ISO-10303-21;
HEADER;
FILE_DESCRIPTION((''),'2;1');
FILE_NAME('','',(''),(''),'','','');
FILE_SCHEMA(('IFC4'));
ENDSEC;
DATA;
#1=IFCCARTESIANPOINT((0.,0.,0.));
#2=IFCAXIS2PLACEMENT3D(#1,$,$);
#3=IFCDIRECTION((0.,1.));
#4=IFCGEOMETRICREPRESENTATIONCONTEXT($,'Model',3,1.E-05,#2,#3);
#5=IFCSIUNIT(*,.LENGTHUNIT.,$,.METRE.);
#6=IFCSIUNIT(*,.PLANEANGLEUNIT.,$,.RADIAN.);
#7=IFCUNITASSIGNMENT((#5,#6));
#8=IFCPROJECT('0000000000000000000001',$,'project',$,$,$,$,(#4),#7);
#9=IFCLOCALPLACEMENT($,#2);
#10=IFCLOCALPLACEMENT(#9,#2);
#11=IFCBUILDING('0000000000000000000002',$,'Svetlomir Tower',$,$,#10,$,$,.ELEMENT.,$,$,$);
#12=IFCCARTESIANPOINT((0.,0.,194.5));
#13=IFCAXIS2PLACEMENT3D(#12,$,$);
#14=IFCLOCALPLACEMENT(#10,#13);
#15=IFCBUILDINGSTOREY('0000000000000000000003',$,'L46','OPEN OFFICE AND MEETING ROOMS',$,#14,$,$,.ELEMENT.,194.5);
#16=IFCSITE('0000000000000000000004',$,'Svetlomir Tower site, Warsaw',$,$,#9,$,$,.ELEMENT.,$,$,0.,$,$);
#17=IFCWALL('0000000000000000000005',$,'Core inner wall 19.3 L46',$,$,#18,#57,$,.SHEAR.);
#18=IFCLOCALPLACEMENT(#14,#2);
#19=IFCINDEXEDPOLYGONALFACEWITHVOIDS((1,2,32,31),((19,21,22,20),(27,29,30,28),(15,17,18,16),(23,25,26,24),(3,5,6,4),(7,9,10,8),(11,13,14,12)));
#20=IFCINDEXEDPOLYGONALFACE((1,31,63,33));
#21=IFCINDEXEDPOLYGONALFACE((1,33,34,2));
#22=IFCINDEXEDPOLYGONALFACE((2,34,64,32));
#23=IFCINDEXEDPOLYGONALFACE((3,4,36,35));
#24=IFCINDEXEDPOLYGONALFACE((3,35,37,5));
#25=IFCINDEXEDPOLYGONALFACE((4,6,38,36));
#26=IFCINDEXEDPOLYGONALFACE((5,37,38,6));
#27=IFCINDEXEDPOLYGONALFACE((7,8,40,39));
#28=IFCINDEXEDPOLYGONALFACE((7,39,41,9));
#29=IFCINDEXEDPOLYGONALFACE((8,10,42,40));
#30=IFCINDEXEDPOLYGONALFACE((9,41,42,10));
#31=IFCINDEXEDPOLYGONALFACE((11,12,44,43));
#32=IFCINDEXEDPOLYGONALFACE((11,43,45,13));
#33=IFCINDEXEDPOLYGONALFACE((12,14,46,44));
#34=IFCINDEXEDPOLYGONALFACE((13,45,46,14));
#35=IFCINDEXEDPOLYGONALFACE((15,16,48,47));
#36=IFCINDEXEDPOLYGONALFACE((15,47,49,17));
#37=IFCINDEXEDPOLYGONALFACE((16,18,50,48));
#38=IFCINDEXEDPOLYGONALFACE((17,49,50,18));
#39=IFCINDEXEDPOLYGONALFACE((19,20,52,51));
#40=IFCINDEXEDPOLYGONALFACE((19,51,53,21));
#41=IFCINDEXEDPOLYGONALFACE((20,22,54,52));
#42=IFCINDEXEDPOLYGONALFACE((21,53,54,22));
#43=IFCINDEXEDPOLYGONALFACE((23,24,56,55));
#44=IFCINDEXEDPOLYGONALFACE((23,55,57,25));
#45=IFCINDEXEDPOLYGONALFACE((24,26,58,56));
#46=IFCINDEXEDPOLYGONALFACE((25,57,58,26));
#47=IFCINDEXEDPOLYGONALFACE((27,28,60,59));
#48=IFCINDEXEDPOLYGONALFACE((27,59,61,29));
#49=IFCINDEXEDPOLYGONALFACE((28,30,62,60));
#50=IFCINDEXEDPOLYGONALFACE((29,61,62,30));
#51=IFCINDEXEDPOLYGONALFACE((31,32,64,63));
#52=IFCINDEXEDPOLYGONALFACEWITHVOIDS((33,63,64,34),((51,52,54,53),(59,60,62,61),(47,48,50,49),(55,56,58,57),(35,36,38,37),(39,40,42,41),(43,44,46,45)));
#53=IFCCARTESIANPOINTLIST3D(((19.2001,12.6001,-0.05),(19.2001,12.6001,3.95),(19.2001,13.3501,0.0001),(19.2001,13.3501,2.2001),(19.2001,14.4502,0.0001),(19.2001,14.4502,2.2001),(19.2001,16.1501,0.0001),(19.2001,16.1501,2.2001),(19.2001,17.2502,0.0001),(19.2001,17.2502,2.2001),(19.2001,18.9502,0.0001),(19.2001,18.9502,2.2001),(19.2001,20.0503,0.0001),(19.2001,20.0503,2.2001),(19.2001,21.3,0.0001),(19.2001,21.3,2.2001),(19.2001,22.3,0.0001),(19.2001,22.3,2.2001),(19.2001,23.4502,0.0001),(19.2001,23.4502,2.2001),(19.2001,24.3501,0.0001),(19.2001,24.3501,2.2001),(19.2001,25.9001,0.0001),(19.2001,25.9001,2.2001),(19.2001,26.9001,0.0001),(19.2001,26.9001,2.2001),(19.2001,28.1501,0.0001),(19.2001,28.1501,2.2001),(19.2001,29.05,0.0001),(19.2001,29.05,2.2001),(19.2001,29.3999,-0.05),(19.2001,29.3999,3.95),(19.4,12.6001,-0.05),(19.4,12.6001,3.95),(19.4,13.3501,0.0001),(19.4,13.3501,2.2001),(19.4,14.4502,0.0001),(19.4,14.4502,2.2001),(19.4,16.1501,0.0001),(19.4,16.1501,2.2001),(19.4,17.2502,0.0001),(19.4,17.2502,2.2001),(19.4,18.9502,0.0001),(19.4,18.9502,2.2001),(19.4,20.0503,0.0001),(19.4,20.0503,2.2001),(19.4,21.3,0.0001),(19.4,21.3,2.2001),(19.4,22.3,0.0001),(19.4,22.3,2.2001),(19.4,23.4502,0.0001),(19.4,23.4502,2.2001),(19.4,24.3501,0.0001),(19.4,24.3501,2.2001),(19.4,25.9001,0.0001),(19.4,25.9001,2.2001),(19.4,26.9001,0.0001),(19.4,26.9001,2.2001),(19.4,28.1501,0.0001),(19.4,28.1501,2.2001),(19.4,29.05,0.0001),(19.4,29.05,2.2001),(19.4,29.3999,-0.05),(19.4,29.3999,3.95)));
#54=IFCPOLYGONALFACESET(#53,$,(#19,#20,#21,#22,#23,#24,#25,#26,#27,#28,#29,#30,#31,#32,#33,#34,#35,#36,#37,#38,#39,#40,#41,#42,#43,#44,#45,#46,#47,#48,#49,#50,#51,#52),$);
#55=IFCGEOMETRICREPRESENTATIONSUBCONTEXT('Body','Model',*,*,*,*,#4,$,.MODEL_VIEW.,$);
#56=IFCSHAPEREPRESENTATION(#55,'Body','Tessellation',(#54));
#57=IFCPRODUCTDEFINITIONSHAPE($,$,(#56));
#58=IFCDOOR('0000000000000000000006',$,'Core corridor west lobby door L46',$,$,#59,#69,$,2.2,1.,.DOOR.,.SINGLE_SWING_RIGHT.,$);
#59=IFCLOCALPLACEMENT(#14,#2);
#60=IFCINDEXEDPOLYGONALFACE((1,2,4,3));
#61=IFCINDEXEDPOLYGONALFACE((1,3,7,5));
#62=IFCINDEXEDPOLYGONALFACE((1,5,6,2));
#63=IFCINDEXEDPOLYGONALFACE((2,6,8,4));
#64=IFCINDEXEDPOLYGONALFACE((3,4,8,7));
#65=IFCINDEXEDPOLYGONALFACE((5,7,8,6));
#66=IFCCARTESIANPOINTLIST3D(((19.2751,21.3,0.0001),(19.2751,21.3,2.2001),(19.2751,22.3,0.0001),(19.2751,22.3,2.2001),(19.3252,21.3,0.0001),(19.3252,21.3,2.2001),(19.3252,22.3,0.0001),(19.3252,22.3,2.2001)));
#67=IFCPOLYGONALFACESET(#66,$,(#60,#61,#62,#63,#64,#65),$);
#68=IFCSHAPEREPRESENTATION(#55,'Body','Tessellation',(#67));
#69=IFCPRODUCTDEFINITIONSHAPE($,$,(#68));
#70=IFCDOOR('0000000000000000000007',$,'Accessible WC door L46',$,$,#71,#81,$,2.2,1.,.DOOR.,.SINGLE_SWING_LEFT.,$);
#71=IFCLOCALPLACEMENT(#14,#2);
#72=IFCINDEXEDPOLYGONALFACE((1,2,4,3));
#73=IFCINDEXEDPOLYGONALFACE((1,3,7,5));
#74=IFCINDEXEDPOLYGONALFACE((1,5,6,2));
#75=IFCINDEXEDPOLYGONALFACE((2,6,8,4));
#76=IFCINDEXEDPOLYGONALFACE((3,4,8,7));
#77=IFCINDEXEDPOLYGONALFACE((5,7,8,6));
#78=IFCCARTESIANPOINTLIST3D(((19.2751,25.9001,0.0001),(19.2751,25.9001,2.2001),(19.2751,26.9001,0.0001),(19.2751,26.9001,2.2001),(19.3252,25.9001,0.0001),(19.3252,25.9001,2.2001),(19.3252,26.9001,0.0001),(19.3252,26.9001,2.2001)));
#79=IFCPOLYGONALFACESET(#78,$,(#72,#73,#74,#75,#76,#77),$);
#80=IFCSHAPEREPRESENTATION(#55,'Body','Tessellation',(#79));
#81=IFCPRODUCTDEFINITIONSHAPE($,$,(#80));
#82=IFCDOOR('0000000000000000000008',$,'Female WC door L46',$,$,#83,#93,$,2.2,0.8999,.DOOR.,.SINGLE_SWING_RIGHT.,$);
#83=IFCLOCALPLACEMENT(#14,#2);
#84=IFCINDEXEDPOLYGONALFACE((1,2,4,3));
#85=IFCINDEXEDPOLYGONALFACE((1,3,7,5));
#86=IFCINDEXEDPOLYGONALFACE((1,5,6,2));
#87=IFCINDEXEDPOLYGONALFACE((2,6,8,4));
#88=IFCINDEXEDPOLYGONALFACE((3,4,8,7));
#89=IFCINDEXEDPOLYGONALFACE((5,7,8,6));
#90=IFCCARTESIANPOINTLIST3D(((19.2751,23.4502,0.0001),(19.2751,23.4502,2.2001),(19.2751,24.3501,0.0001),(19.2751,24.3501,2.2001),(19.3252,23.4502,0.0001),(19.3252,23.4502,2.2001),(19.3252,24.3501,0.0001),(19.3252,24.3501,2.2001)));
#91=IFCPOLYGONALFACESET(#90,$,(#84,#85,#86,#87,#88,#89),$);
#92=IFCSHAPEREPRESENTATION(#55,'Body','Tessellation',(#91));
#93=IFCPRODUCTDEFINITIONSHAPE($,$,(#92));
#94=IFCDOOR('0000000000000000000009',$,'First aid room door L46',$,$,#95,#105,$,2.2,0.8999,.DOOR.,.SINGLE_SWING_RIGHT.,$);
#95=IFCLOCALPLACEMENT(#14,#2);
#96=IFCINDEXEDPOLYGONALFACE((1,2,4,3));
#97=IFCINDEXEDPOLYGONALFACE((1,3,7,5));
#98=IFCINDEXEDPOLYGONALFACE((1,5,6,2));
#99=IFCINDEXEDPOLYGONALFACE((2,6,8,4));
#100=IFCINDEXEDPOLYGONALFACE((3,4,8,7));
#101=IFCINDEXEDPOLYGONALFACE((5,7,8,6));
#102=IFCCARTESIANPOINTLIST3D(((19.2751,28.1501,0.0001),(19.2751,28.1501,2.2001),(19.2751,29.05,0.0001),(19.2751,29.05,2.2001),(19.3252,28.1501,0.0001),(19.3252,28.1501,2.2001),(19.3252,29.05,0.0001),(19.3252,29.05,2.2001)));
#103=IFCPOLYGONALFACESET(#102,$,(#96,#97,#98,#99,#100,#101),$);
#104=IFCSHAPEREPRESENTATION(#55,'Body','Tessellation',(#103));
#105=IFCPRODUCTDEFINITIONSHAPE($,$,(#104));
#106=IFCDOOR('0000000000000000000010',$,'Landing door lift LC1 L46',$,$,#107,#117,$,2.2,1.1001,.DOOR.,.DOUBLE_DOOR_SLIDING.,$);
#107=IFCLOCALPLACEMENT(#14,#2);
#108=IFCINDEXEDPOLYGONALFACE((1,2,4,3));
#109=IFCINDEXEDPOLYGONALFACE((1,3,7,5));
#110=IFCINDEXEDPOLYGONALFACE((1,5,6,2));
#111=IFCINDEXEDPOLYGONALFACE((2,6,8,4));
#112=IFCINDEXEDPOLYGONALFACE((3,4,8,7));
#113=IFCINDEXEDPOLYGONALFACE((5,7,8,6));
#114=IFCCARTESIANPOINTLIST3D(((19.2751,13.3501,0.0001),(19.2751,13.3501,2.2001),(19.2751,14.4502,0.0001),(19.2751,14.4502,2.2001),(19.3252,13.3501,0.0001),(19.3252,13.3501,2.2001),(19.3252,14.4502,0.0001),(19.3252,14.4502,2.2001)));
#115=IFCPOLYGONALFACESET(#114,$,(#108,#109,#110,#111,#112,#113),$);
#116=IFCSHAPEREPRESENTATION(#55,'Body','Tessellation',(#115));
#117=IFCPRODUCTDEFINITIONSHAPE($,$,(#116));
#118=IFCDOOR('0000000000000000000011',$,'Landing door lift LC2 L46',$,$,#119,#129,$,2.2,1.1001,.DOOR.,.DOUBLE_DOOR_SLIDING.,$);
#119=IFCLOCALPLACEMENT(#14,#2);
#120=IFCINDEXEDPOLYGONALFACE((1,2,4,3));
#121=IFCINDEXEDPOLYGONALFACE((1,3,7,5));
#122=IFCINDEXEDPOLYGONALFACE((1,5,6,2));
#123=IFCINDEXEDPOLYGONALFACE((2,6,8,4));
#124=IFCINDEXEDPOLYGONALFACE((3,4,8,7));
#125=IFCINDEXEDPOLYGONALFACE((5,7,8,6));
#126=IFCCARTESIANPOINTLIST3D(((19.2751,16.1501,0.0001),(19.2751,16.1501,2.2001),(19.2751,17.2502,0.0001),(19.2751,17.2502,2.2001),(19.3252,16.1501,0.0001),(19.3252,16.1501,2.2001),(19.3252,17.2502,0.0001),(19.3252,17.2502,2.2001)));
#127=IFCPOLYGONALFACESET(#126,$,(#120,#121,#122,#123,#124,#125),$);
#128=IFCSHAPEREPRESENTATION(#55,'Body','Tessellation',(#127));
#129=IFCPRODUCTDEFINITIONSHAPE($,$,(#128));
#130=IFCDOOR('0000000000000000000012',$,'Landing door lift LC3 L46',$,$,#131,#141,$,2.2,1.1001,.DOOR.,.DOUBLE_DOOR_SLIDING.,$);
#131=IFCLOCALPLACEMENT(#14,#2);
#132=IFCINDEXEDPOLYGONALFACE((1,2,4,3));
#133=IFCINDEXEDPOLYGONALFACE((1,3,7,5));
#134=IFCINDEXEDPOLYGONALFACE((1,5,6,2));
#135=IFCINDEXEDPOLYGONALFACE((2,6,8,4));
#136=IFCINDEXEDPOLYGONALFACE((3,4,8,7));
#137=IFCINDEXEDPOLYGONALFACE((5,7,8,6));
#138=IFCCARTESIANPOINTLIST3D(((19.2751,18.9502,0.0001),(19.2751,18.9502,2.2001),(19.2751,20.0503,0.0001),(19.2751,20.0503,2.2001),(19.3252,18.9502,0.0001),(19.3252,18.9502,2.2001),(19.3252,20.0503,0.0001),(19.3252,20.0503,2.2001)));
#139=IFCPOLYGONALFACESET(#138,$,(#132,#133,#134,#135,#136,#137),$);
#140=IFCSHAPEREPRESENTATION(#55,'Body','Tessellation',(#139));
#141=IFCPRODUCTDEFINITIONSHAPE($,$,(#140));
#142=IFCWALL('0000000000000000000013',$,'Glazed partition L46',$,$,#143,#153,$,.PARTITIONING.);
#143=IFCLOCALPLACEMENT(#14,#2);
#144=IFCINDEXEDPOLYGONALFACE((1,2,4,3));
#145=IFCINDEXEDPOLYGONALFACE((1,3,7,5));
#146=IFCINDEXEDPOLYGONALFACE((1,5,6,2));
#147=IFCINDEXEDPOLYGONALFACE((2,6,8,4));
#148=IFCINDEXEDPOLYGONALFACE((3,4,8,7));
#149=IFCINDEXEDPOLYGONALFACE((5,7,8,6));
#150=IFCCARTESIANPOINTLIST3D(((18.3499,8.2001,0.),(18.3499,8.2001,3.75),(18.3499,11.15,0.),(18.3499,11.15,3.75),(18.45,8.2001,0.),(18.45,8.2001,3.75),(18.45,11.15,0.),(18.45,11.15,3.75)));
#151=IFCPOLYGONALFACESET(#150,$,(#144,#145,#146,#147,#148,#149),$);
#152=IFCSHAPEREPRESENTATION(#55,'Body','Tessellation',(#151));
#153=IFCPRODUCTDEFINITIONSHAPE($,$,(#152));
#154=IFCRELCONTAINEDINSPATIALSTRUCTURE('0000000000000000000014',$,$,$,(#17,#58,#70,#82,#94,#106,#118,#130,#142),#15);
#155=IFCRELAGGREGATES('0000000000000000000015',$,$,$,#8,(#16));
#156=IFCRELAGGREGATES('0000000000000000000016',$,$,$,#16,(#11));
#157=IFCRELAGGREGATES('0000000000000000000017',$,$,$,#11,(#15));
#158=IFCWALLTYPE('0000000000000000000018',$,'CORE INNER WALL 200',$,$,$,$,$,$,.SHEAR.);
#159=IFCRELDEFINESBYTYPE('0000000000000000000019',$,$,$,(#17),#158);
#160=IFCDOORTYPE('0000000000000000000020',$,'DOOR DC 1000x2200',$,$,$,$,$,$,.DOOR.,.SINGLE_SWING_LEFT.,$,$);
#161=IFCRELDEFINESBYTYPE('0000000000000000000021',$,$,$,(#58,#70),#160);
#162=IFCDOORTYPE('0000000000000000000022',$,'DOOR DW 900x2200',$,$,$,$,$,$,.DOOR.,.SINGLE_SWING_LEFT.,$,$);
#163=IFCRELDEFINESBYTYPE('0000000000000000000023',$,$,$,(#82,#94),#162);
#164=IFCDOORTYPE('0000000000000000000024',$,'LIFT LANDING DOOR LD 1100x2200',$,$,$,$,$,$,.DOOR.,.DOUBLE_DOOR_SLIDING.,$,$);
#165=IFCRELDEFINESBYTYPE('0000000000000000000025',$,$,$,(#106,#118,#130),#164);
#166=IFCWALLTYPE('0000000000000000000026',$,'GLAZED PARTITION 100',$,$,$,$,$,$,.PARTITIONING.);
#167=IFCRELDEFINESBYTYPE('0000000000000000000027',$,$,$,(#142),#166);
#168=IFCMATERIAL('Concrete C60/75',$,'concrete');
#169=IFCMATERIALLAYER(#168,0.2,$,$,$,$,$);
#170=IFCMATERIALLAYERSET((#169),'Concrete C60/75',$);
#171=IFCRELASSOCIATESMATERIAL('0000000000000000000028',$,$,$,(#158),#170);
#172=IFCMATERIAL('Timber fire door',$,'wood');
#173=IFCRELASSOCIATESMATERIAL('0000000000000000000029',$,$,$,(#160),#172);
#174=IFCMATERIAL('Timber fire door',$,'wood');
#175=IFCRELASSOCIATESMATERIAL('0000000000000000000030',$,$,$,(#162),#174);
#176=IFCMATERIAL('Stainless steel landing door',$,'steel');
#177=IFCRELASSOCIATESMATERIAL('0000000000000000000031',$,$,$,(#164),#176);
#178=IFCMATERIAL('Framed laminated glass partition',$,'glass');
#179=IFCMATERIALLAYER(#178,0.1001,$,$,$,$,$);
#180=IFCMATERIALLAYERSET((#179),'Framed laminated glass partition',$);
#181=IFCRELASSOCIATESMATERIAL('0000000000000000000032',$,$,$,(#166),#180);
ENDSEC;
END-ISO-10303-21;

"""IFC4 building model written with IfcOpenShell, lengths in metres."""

from ifc_helpers import new_model, si_unit, direction, frame, frame_2d, origin, place, context, subcontext, project, spatial, rectangle, extrude, material, layer, layer_set, type_object, element, fill, save


model = new_model("IFC4")

# Units and contexts
model_context = context("Model", 3, precision=1e-05, world=origin(), true_north=direction((0.0, 1.0)))
body_context = subcontext(model_context, "Body", "Model", "MODEL_VIEW")
ifc_project = project(units=[si_unit("LENGTHUNIT", "METRE"), si_unit("PLANEANGLEUNIT", "RADIAN")], contexts=[model_context])

# Site, building, storey
site_placement = place(None, origin())
site = spatial("IfcSite", under=ifc_project, at=site_placement, Name="Svetlomir Tower site, Warsaw", CompositionType="ELEMENT", RefElevation=0.0)
building_placement = place(site_placement, origin())
building = spatial("IfcBuilding", under=site, at=building_placement, Name="Svetlomir Tower", CompositionType="ELEMENT")
storey_placement = place(building_placement, frame((0.0, 0.0, 194.5)))
storey = spatial("IfcBuildingStorey", under=building, at=storey_placement, Name="L46", Description="OPEN OFFICE AND MEETING ROOMS", CompositionType="ELEMENT", Elevation=194.5)

# Shared definitions
ifc_material_1 = material(Name="Concrete C60/75", Category="concrete")
ifc_layer_1 = layer(ifc_material_1, 0.2)
ifc_layer_set_1 = layer_set([ifc_layer_1], Name="Concrete C60/75")
wall_type_1 = type_object("IfcWallType", Name="CORE INNER WALL 200", PredefinedType="SHEAR", material=ifc_layer_set_1)

# Wall, openings, doors
wall_1_placement = place(storey_placement, frame((19.3, 12.6001, -0.05), z_axis=(0.0, 0.0, 1.0), x_axis=(0.0, 1.0, 0.0)))
wall_1 = element("IfcWall", 1, at=wall_1_placement, inside=storey, type_object=wall_type_1, Name="Core inner wall 19.3 L46", PredefinedType="SHEAR", context=body_context, shape_type="SweptSolid", body=[
    extrude(rectangle(XDim=16.7998, YDim=0.2, at=frame_2d((8.3999, 0.0))), origin(), (0.0, 0.0, 1.0), 4.0),
])
opening_1_placement = place(wall_1_placement, frame((8.7, 0.0, 0.05)))
opening_1 = element("IfcOpeningElement", 2, at=opening_1_placement, cuts=wall_1, PredefinedType="OPENING", context=body_context, shape_type="SweptSolid", body=[
    extrude(rectangle(XDim=1.0, YDim=2.2, at=frame_2d((0.5, 1.1001))), frame((0.0, 0.1099, 0.0), z_axis=(0.0, -1.0, 0.0), x_axis=(1.0, 0.0, 0.0)), (0.0, 0.0, 1.0), 0.22),
])
opening_2_placement = place(wall_1_placement, frame((10.8501, 0.0, 0.05)))
opening_2 = element("IfcOpeningElement", 3, at=opening_2_placement, cuts=wall_1, PredefinedType="OPENING", context=body_context, shape_type="SweptSolid", body=[
    extrude(rectangle(XDim=0.8999, YDim=2.2, at=frame_2d((0.45, 1.1001))), frame((0.0, 0.1099, 0.0), z_axis=(0.0, -1.0, 0.0), x_axis=(1.0, 0.0, 0.0)), (0.0, 0.0, 1.0), 0.22),
])
opening_3_placement = place(wall_1_placement, frame((13.3, 0.0, 0.05)))
opening_3 = element("IfcOpeningElement", 4, at=opening_3_placement, cuts=wall_1, PredefinedType="OPENING", context=body_context, shape_type="SweptSolid", body=[
    extrude(rectangle(XDim=1.0, YDim=2.2, at=frame_2d((0.5, 1.1001))), frame((0.0, 0.1099, 0.0), z_axis=(0.0, -1.0, 0.0), x_axis=(1.0, 0.0, 0.0)), (0.0, 0.0, 1.0), 0.22),
])
opening_4_placement = place(wall_1_placement, frame((15.55, 0.0, 0.05)))
opening_4 = element("IfcOpeningElement", 5, at=opening_4_placement, cuts=wall_1, PredefinedType="OPENING", context=body_context, shape_type="SweptSolid", body=[
    extrude(rectangle(XDim=0.8999, YDim=2.2, at=frame_2d((0.45, 1.1001))), frame((0.0, 0.1099, 0.0), z_axis=(0.0, -1.0, 0.0), x_axis=(1.0, 0.0, 0.0)), (0.0, 0.0, 1.0), 0.22),
])
opening_5_placement = place(wall_1_placement, frame((0.75, 0.0, 0.05)))
opening_5 = element("IfcOpeningElement", 6, at=opening_5_placement, cuts=wall_1, PredefinedType="OPENING", context=body_context, shape_type="SweptSolid", body=[
    extrude(rectangle(XDim=1.1001, YDim=2.2, at=frame_2d((0.55, 1.1001))), frame((0.0, 0.1099, 0.0), z_axis=(0.0, -1.0, 0.0), x_axis=(1.0, 0.0, 0.0)), (0.0, 0.0, 1.0), 0.22),
])
opening_6_placement = place(wall_1_placement, frame((3.55, 0.0, 0.05)))
opening_6 = element("IfcOpeningElement", 7, at=opening_6_placement, cuts=wall_1, PredefinedType="OPENING", context=body_context, shape_type="SweptSolid", body=[
    extrude(rectangle(XDim=1.1001, YDim=2.2, at=frame_2d((0.55, 1.1001))), frame((0.0, 0.1099, 0.0), z_axis=(0.0, -1.0, 0.0), x_axis=(1.0, 0.0, 0.0)), (0.0, 0.0, 1.0), 0.22),
])
opening_7_placement = place(wall_1_placement, frame((6.3501, 0.0, 0.05)))
opening_7 = element("IfcOpeningElement", 8, at=opening_7_placement, cuts=wall_1, PredefinedType="OPENING", context=body_context, shape_type="SweptSolid", body=[
    extrude(rectangle(XDim=1.1001, YDim=2.2, at=frame_2d((0.55, 1.1001))), frame((0.0, 0.1099, 0.0), z_axis=(0.0, -1.0, 0.0), x_axis=(1.0, 0.0, 0.0)), (0.0, 0.0, 1.0), 0.22),
])
ifc_material_2 = material(Name="Timber fire door", Category="wood")
door_type_1 = type_object("IfcDoorType", Name="DOOR DC 1000x2200", OperationType="SINGLE_SWING_LEFT", PredefinedType="DOOR", material=ifc_material_2)
door_1_placement = place(opening_1_placement, origin())
door_1 = element("IfcDoor", 9, at=door_1_placement, inside=storey, type_object=door_type_1, Name="Core corridor west lobby door L46", OperationType="SINGLE_SWING_RIGHT", OverallHeight=2.2, OverallWidth=1.0, PredefinedType="DOOR", context=body_context, shape_type="SweptSolid", body=[
    extrude(rectangle(XDim=1.0, YDim=2.2, at=frame_2d((0.5, 1.1001))), frame((0.0, 0.0249, 0.0), z_axis=(0.0, -1.0, 0.0), x_axis=(1.0, 0.0, 0.0)), (0.0, 0.0, 1.0), 0.05),
])
fill(opening_1, door_1)
door_2_placement = place(opening_3_placement, origin())
door_2 = element("IfcDoor", 10, at=door_2_placement, inside=storey, type_object=door_type_1, Name="Accessible WC door L46", OperationType="SINGLE_SWING_LEFT", OverallHeight=2.2, OverallWidth=1.0, PredefinedType="DOOR", context=body_context, shape_type="SweptSolid", body=[
    extrude(rectangle(XDim=1.0, YDim=2.2, at=frame_2d((0.5, 1.1001))), frame((0.0, 0.0249, 0.0), z_axis=(0.0, -1.0, 0.0), x_axis=(1.0, 0.0, 0.0)), (0.0, 0.0, 1.0), 0.05),
])
fill(opening_3, door_2)
ifc_material_3 = material(Name="Timber fire door", Category="wood")
door_type_2 = type_object("IfcDoorType", Name="DOOR DW 900x2200", OperationType="SINGLE_SWING_LEFT", PredefinedType="DOOR", material=ifc_material_3)
door_3_placement = place(opening_2_placement, origin())
door_3 = element("IfcDoor", 11, at=door_3_placement, inside=storey, type_object=door_type_2, Name="Female WC door L46", OperationType="SINGLE_SWING_RIGHT", OverallHeight=2.2, OverallWidth=0.8999, PredefinedType="DOOR", context=body_context, shape_type="SweptSolid", body=[
    extrude(rectangle(XDim=0.8999, YDim=2.2, at=frame_2d((0.45, 1.1001))), frame((0.0, 0.0249, 0.0), z_axis=(0.0, -1.0, 0.0), x_axis=(1.0, 0.0, 0.0)), (0.0, 0.0, 1.0), 0.05),
])
fill(opening_2, door_3)
door_4_placement = place(opening_4_placement, origin())
door_4 = element("IfcDoor", 12, at=door_4_placement, inside=storey, type_object=door_type_2, Name="First aid room door L46", OperationType="SINGLE_SWING_RIGHT", OverallHeight=2.2, OverallWidth=0.8999, PredefinedType="DOOR", context=body_context, shape_type="SweptSolid", body=[
    extrude(rectangle(XDim=0.8999, YDim=2.2, at=frame_2d((0.45, 1.1001))), frame((0.0, 0.0249, 0.0), z_axis=(0.0, -1.0, 0.0), x_axis=(1.0, 0.0, 0.0)), (0.0, 0.0, 1.0), 0.05),
])
fill(opening_4, door_4)
ifc_material_4 = material(Name="Stainless steel landing door", Category="steel")
door_type_3 = type_object("IfcDoorType", Name="LIFT LANDING DOOR LD 1100x2200", OperationType="DOUBLE_DOOR_SLIDING", PredefinedType="DOOR", material=ifc_material_4)
door_5_placement = place(opening_5_placement, origin())
door_5 = element("IfcDoor", 13, at=door_5_placement, inside=storey, type_object=door_type_3, Name="Landing door lift LC1 L46", OperationType="DOUBLE_DOOR_SLIDING", OverallHeight=2.2, OverallWidth=1.1001, PredefinedType="DOOR", context=body_context, shape_type="SweptSolid", body=[
    extrude(rectangle(XDim=1.1001, YDim=2.2, at=frame_2d((0.55, 1.1001))), frame((0.0, 0.0249, 0.0), z_axis=(0.0, -1.0, 0.0), x_axis=(1.0, 0.0, 0.0)), (0.0, 0.0, 1.0), 0.05),
])
fill(opening_5, door_5)
door_6_placement = place(opening_6_placement, origin())
door_6 = element("IfcDoor", 14, at=door_6_placement, inside=storey, type_object=door_type_3, Name="Landing door lift LC2 L46", OperationType="DOUBLE_DOOR_SLIDING", OverallHeight=2.2, OverallWidth=1.1001, PredefinedType="DOOR", context=body_context, shape_type="SweptSolid", body=[
    extrude(rectangle(XDim=1.1001, YDim=2.2, at=frame_2d((0.55, 1.1001))), frame((0.0, 0.0249, 0.0), z_axis=(0.0, -1.0, 0.0), x_axis=(1.0, 0.0, 0.0)), (0.0, 0.0, 1.0), 0.05),
])
fill(opening_6, door_6)
door_7_placement = place(opening_7_placement, origin())
door_7 = element("IfcDoor", 15, at=door_7_placement, inside=storey, type_object=door_type_3, Name="Landing door lift LC3 L46", OperationType="DOUBLE_DOOR_SLIDING", OverallHeight=2.2, OverallWidth=1.1001, PredefinedType="DOOR", context=body_context, shape_type="SweptSolid", body=[
    extrude(rectangle(XDim=1.1001, YDim=2.2, at=frame_2d((0.55, 1.1001))), frame((0.0, 0.0249, 0.0), z_axis=(0.0, -1.0, 0.0), x_axis=(1.0, 0.0, 0.0)), (0.0, 0.0, 1.0), 0.05),
])
fill(opening_7, door_7)

# Wall
ifc_material_5 = material(Name="Framed laminated glass partition", Category="glass")
ifc_layer_2 = layer(ifc_material_5, 0.1001)
ifc_layer_set_2 = layer_set([ifc_layer_2], Name="Framed laminated glass partition")
wall_type_2 = type_object("IfcWallType", Name="GLAZED PARTITION 100", PredefinedType="PARTITIONING", material=ifc_layer_set_2)
wall_2_placement = place(storey_placement, frame((18.3999, 8.2, 0.0), z_axis=(0.0, 0.0, 1.0), x_axis=(0.0, 1.0, 0.0)))
element("IfcWall", 16, at=wall_2_placement, inside=storey, type_object=wall_type_2, Name="Glazed partition L46", PredefinedType="PARTITIONING", context=body_context, shape_type="SweptSolid", body=[
    extrude(rectangle(XDim=2.95, YDim=0.1001, at=frame_2d((1.4751, 0.0))), origin(), (0.0, 0.0, 1.0), 3.75),
])

save(model, "model.ifc")
